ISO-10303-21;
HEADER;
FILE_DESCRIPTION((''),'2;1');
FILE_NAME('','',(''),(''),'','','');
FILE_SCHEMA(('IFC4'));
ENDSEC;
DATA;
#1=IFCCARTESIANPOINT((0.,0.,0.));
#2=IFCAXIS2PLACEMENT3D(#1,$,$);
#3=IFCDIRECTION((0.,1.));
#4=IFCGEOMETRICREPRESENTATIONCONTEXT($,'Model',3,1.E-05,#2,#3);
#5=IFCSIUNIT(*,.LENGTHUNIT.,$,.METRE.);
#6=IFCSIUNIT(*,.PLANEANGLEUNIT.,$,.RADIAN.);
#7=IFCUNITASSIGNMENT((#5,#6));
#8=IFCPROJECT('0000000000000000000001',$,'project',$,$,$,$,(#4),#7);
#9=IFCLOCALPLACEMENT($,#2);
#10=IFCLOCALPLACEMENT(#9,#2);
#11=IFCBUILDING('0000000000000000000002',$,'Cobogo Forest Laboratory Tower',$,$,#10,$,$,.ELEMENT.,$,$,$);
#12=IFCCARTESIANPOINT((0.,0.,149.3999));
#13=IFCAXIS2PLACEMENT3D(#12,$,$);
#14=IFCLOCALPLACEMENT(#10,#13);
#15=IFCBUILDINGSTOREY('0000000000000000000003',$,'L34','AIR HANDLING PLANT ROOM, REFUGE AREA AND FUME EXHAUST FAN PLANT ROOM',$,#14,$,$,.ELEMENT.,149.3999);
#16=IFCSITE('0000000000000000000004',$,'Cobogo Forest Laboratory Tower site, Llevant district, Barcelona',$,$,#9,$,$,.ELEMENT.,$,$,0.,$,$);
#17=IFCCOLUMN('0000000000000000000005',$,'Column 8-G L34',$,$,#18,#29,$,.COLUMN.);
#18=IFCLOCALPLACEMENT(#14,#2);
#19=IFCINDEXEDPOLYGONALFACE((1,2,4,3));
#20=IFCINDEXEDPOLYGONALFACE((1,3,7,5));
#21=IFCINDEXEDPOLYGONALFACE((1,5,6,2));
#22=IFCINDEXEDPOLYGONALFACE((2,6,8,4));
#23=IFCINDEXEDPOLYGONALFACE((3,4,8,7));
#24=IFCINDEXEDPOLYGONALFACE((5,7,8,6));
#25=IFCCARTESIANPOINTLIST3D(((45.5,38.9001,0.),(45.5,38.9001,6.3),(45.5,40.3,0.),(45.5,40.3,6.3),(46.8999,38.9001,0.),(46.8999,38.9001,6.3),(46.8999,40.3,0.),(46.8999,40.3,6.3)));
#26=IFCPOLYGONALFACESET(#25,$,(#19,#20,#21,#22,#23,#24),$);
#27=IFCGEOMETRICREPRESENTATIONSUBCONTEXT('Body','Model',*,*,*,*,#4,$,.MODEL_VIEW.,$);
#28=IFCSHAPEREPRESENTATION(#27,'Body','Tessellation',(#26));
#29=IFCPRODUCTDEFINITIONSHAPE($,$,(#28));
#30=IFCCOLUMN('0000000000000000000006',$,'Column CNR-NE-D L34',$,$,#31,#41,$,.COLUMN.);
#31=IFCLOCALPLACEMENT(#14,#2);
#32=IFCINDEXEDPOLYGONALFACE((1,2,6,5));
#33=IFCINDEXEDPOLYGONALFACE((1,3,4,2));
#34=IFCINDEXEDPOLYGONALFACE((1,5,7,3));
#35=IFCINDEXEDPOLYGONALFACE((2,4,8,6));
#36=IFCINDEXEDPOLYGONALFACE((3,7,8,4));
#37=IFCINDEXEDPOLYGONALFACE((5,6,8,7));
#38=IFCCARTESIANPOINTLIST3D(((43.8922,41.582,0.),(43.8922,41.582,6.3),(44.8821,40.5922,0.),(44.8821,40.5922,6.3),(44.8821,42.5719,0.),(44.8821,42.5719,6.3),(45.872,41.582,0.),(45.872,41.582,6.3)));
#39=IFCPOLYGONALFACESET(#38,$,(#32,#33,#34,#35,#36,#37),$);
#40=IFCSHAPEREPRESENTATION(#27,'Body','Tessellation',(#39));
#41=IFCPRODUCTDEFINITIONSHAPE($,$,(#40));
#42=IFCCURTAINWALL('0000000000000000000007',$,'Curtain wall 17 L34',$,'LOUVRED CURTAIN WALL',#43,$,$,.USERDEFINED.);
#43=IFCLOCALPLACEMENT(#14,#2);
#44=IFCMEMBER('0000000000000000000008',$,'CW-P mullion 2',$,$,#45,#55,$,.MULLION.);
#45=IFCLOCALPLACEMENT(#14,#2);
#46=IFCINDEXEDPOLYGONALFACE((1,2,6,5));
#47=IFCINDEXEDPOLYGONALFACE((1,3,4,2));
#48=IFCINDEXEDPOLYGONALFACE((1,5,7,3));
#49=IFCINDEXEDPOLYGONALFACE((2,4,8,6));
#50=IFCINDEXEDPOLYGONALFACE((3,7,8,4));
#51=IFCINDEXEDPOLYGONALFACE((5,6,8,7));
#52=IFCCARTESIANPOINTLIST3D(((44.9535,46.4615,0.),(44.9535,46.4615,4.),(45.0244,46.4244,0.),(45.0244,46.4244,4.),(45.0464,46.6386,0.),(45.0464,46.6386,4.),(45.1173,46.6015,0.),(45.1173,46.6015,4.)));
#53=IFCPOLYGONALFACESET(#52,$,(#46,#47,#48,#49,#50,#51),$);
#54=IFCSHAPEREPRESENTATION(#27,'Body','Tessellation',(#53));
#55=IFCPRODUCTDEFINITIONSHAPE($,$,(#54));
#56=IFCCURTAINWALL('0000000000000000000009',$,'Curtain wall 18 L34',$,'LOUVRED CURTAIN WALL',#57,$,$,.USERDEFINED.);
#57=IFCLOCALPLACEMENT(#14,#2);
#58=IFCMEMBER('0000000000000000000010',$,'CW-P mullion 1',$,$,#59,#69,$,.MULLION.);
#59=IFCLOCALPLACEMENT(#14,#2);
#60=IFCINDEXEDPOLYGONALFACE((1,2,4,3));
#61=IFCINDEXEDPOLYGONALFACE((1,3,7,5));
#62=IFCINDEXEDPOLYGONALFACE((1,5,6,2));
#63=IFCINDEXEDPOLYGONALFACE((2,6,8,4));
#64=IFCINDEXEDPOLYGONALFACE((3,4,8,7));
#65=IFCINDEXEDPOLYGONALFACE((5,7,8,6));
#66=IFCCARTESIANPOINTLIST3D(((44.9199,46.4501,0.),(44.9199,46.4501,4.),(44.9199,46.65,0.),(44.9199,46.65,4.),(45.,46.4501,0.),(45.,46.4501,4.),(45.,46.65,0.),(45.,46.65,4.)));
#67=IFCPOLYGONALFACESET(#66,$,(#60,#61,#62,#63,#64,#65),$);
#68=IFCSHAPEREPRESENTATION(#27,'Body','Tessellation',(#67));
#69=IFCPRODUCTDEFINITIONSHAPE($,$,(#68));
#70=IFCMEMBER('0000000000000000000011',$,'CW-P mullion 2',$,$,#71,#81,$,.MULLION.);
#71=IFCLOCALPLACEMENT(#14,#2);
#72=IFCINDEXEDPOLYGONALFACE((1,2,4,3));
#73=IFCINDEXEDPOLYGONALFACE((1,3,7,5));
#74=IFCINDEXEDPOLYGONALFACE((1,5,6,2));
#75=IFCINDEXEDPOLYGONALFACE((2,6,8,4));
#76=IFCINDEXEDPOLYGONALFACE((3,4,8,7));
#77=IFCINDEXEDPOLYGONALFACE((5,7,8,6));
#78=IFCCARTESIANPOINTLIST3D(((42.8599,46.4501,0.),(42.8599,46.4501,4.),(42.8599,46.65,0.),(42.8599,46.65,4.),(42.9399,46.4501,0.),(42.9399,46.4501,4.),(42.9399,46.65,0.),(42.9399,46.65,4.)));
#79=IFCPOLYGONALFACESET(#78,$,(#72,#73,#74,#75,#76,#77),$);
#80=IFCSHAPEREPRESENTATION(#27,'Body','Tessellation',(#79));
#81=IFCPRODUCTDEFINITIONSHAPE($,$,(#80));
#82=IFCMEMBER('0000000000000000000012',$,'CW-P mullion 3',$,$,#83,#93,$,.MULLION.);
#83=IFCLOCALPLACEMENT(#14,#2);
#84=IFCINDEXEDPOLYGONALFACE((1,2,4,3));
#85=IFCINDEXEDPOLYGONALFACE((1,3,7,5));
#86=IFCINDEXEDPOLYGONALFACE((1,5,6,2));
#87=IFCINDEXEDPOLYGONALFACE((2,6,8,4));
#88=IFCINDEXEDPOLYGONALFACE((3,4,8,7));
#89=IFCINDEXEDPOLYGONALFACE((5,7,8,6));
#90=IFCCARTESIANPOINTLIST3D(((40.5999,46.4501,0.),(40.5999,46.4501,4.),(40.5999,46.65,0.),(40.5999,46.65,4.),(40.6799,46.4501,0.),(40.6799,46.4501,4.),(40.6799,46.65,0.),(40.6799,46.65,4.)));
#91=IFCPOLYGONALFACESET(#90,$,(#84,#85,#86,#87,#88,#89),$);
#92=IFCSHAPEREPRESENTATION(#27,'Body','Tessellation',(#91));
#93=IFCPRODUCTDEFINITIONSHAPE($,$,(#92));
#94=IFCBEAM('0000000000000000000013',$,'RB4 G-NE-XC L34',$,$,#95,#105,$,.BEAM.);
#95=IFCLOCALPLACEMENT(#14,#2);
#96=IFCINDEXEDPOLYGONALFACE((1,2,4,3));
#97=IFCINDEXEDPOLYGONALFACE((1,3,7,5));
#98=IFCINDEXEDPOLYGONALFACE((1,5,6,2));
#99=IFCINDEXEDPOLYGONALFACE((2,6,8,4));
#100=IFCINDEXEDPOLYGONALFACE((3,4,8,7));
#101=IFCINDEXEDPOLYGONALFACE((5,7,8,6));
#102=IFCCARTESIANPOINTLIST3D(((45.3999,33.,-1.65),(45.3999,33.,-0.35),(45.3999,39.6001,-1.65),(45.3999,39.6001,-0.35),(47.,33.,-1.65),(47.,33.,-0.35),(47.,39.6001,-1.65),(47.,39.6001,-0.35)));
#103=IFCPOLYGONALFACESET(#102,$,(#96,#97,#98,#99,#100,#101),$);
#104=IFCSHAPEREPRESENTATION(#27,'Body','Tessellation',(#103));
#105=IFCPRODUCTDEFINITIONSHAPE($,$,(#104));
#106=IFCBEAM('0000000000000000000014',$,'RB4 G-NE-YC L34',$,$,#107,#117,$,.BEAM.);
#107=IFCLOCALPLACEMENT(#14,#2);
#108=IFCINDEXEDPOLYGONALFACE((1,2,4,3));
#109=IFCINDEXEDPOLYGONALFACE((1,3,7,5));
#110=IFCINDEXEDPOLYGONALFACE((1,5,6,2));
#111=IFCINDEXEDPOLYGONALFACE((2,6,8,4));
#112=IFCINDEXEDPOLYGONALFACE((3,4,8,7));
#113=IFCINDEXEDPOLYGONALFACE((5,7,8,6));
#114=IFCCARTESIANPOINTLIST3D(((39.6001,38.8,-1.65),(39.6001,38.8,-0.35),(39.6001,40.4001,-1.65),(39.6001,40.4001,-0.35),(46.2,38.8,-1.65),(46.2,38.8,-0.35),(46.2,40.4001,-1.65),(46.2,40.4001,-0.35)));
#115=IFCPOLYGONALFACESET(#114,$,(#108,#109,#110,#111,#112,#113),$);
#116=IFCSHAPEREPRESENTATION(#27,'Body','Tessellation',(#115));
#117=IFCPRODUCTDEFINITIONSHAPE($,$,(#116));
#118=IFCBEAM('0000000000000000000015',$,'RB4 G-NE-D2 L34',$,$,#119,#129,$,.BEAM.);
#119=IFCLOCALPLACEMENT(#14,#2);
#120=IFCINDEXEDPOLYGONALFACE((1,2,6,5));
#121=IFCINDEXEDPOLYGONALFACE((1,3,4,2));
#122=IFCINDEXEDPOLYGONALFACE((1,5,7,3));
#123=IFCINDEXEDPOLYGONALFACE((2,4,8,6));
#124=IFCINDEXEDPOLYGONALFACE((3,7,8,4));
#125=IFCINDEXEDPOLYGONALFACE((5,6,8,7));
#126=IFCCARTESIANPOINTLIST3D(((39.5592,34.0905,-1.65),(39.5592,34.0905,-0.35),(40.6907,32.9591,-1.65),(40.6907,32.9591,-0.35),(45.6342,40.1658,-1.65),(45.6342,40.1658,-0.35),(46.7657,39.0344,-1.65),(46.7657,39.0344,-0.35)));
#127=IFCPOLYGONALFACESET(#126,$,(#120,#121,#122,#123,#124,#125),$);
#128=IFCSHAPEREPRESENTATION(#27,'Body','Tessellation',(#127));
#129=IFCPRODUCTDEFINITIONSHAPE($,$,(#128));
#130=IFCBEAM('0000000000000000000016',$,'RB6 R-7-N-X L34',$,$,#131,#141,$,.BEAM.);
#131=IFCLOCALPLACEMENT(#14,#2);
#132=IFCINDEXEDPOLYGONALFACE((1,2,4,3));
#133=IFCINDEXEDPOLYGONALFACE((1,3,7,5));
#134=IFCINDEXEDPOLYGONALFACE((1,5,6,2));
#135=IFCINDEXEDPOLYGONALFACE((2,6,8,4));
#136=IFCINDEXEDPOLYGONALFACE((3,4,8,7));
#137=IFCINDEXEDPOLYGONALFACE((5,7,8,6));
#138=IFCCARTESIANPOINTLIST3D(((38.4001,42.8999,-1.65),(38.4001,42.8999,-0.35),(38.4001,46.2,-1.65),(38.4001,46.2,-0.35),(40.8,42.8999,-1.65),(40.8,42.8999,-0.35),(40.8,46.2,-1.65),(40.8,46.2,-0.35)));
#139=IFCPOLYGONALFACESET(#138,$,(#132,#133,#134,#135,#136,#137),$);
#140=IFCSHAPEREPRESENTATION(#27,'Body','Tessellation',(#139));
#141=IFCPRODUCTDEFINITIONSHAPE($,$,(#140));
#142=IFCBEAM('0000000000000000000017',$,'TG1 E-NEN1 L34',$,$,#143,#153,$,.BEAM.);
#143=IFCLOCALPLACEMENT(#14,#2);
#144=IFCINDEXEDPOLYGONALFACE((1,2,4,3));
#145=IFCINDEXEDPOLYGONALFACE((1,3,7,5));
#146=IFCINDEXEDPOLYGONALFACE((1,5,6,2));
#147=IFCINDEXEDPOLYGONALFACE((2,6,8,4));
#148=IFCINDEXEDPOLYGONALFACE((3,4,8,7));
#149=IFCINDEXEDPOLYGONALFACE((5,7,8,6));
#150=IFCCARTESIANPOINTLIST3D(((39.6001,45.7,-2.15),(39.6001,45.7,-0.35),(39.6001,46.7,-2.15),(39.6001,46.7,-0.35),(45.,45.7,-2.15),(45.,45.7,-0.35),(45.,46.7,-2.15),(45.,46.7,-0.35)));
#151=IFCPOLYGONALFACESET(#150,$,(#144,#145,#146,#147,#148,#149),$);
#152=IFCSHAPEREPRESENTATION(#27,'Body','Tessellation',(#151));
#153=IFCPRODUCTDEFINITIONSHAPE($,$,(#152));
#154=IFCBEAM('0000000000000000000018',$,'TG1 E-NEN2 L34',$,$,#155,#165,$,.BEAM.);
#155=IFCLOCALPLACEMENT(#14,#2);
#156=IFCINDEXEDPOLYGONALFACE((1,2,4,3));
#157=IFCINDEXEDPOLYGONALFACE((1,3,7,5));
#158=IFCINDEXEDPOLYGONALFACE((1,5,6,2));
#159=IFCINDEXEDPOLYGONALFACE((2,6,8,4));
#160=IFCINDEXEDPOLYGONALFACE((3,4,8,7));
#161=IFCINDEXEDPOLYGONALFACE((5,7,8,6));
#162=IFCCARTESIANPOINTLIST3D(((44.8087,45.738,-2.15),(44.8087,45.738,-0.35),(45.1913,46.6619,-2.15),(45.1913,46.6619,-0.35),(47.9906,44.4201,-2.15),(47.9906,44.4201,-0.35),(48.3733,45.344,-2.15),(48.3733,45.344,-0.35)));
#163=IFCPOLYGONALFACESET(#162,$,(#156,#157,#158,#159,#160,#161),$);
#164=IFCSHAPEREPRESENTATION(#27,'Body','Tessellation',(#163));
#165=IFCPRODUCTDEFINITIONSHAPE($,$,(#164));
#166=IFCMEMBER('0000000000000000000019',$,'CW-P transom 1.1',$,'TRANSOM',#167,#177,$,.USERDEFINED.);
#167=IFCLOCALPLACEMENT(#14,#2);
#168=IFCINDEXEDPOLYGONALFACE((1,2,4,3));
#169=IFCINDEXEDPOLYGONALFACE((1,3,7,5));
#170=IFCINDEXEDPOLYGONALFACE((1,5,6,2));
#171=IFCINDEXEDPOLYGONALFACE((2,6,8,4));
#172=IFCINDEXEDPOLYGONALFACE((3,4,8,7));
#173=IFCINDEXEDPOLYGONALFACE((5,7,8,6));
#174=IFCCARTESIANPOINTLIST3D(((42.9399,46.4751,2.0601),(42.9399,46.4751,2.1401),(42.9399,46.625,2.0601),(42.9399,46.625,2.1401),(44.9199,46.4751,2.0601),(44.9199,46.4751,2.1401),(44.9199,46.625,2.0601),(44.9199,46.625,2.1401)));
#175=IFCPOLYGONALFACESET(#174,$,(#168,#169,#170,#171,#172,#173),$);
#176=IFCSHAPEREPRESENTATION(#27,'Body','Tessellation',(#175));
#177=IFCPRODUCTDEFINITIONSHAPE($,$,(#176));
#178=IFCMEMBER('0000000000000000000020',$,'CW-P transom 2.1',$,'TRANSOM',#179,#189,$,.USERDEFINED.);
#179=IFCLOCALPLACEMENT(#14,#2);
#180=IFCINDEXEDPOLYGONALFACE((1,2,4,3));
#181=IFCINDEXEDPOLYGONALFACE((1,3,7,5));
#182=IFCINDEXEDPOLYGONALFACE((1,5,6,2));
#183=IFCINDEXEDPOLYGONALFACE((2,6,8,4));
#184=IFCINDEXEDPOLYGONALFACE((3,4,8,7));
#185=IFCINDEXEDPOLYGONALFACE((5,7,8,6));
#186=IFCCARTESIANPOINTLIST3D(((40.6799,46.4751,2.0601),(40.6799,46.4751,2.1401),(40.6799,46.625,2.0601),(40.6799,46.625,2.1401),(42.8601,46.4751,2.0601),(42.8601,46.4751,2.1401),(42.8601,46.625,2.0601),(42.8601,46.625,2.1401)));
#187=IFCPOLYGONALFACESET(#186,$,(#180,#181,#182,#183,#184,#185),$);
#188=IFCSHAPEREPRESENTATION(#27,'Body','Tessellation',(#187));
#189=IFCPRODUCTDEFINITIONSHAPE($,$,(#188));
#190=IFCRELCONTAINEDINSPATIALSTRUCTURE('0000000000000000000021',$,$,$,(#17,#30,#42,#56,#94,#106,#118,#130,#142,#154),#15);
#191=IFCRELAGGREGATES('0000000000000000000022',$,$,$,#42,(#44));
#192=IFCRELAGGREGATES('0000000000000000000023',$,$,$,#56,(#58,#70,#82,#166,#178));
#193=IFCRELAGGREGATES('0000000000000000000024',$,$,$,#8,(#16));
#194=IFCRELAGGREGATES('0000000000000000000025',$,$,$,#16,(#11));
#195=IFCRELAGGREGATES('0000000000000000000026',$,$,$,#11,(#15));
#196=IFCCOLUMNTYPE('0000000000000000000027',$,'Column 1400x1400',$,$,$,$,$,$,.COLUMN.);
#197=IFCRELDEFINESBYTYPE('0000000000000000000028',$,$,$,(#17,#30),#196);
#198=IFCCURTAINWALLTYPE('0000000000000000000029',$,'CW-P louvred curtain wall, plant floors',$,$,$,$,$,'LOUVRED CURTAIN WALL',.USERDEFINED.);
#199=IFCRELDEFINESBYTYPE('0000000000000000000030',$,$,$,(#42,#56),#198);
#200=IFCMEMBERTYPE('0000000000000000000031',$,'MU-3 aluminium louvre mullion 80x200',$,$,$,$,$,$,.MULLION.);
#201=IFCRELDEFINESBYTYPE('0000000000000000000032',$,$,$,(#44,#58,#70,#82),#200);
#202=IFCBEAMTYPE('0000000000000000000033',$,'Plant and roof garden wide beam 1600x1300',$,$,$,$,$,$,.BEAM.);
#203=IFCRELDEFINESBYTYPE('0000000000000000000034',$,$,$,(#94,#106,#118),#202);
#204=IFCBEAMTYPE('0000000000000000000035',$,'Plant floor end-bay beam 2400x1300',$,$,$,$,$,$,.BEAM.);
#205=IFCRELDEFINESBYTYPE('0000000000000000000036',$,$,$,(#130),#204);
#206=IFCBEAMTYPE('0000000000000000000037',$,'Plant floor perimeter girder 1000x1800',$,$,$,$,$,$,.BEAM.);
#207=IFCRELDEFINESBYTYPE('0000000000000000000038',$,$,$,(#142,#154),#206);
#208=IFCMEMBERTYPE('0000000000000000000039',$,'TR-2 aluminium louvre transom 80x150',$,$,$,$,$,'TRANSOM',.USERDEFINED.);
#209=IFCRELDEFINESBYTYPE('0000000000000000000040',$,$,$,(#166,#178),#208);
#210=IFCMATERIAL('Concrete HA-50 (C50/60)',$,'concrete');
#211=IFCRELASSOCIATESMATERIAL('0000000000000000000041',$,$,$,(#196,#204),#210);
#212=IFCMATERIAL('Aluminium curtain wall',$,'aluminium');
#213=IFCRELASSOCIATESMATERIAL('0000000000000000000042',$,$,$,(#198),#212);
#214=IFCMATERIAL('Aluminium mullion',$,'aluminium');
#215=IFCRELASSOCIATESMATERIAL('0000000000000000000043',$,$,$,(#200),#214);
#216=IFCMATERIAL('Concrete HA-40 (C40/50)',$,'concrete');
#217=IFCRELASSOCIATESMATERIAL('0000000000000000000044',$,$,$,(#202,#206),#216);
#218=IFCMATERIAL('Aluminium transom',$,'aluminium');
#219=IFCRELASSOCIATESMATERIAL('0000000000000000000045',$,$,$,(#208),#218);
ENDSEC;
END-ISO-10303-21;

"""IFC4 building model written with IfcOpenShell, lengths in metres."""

from ifc_helpers import new_model, si_unit, direction, frame, origin, origin_2d, place, context, subcontext, project, spatial, rectangle, extrude, material, material_profile, profile_set, type_object, element, aggregate, save


model = new_model("IFC4")

# Units and contexts
model_context = context("Model", 3, precision=1e-05, world=origin(), true_north=direction((0.0, 1.0)))
body_context = subcontext(model_context, "Body", "Model", "MODEL_VIEW")
ifc_project = project(units=[si_unit("LENGTHUNIT", "METRE"), si_unit("PLANEANGLEUNIT", "RADIAN")], contexts=[model_context])

# Site, building, storey
site_placement = place(None, origin())
site = spatial("IfcSite", under=ifc_project, at=site_placement, Name="Cobogo Forest Laboratory Tower site, Llevant district, Barcelona", CompositionType="ELEMENT", RefElevation=0.0)
building_placement = place(site_placement, origin())
building = spatial("IfcBuilding", under=site, at=building_placement, Name="Cobogo Forest Laboratory Tower", CompositionType="ELEMENT")
storey_placement = place(building_placement, frame((0.0, 0.0, 149.3999)))
storey = spatial("IfcBuildingStorey", under=building, at=storey_placement, Name="L34", Description="AIR HANDLING PLANT ROOM, REFUGE AREA AND FUME EXHAUST FAN PLANT ROOM", CompositionType="ELEMENT", Elevation=149.3999)

# Columns
ifc_material_1 = material(Name="Concrete HA-50 (C50/60)", Category="concrete")
ifc_material_profile_1 = material_profile(ifc_material_1, rectangle(XDim=1.3999, YDim=1.3999, at=origin_2d()), Name="RC 1400x1400")
ifc_profile_set_1 = profile_set([ifc_material_profile_1], Name="Concrete HA-50 (C50/60)")
column_type = type_object("IfcColumnType", Name="Column 1400x1400", PredefinedType="COLUMN", material=ifc_profile_set_1)
for number, where, z_axis, x_axis, name in (
    (1, (46.2, 39.6001, 0.0), (0.0, 0.0, 1.0), (1.0, 0.0, 0.0), "Column 8-G L34"),
    (2, (44.8821, 41.582, 0.0), (0.0, 0.0, 1.0), (0.707107, 0.707107, 0.0), "Column CNR-NE-D L34"),
):
    element("IfcColumn", number, at=place(storey_placement, frame(where, z_axis=z_axis, x_axis=x_axis)), inside=storey, type_object=column_type, Name=name, PredefinedType="COLUMN", context=body_context, shape_type="SweptSolid", body=[
        extrude(rectangle(XDim=1.3999, YDim=1.3999, at=origin_2d()), origin(), (0.0, 0.0, 1.0), 6.3),
    ])

# Curtain wall, member
ifc_material_2 = material(Name="Aluminium curtain wall", Category="aluminium")
curtain_wall_type = type_object("IfcCurtainWallType", Name="CW-P louvred curtain wall, plant floors", ElementType="LOUVRED CURTAIN WALL", PredefinedType="USERDEFINED", material=ifc_material_2)
curtain_wall_1_placement = place(storey_placement, origin())
curtain_wall_1 = element("IfcCurtainWall", 3, at=curtain_wall_1_placement, inside=storey, type_object=curtain_wall_type, Name="Curtain wall 17 L34", ObjectType="LOUVRED CURTAIN WALL", PredefinedType="USERDEFINED")
ifc_material_3 = material(Name="Aluminium mullion", Category="aluminium")
ifc_material_profile_2 = material_profile(ifc_material_3, rectangle(XDim=0.0801, YDim=0.2, at=origin_2d()), Name="AL 80x200")
ifc_profile_set_2 = profile_set([ifc_material_profile_2], Name="Aluminium mullion")
member_type_1 = type_object("IfcMemberType", Name="MU-3 aluminium louvre mullion 80x200", PredefinedType="MULLION", material=ifc_profile_set_2)
member_1_placement = place(storey_placement, frame((45.0354, 46.5315, 0.0), z_axis=(0.0, 0.0, 1.0), x_axis=(-0.885687, 0.464284, 0.0)))
member_1 = element("IfcMember", 4, at=member_1_placement, type_object=member_type_1, Name="CW-P mullion 2", PredefinedType="MULLION", context=body_context, shape_type="SweptSolid", body=[
    extrude(rectangle(XDim=0.0801, YDim=0.2, at=origin_2d()), origin(), (0.0, 0.0, 1.0), 4.0),
])

# Curtain wall, members
curtain_wall_2_placement = place(storey_placement, origin())
curtain_wall_2 = element("IfcCurtainWall", 5, at=curtain_wall_2_placement, inside=storey, type_object=curtain_wall_type, Name="Curtain wall 18 L34", ObjectType="LOUVRED CURTAIN WALL", PredefinedType="USERDEFINED")
member_2_placement = place(storey_placement, frame((44.96, 46.55, 0.0), z_axis=(0.0, 0.0, 1.0), x_axis=(-1.0, 0.0, 0.0)))
member_2 = element("IfcMember", 6, at=member_2_placement, type_object=member_type_1, Name="CW-P mullion 1", PredefinedType="MULLION", context=body_context, shape_type="SweptSolid", body=[
    extrude(rectangle(XDim=0.0801, YDim=0.2, at=origin_2d()), origin(), (0.0, 0.0, 1.0), 4.0),
])
member_3_placement = place(storey_placement, frame((42.8999, 46.55, 0.0), z_axis=(0.0, 0.0, 1.0), x_axis=(-1.0, 0.0, 0.0)))
member_3 = element("IfcMember", 7, at=member_3_placement, type_object=member_type_1, Name="CW-P mullion 2", PredefinedType="MULLION", context=body_context, shape_type="SweptSolid", body=[
    extrude(rectangle(XDim=0.0801, YDim=0.2, at=origin_2d()), origin(), (0.0, 0.0, 1.0), 4.0),
])
member_4_placement = place(storey_placement, frame((40.6399, 46.55, 0.0), z_axis=(0.0, 0.0, 1.0), x_axis=(-1.0, 0.0, 0.0)))
member_4 = element("IfcMember", 8, at=member_4_placement, type_object=member_type_1, Name="CW-P mullion 3", PredefinedType="MULLION", context=body_context, shape_type="SweptSolid", body=[
    extrude(rectangle(XDim=0.0801, YDim=0.2, at=origin_2d()), origin(), (0.0, 0.0, 1.0), 4.0),
])

# Beams
ifc_material_4 = material(Name="Concrete HA-40 (C40/50)", Category="concrete")
ifc_material_profile_3 = material_profile(ifc_material_4, rectangle(XDim=1.6001, YDim=1.3, at=origin_2d()), Name="RC 1600x1300")
ifc_profile_set_3 = profile_set([ifc_material_profile_3], Name="Concrete HA-40 (C40/50)")
beam_type_1 = type_object("IfcBeamType", Name="Plant and roof garden wide beam 1600x1300", PredefinedType="BEAM", material=ifc_profile_set_3)
beam_1_placement = place(storey_placement, frame((46.2, 39.6001, -1.0), z_axis=(0.0, -1.0, 0.0), x_axis=(1.0, 0.0, 0.0)))
element("IfcBeam", 9, at=beam_1_placement, inside=storey, type_object=beam_type_1, Name="RB4 G-NE-XC L34", PredefinedType="BEAM", context=body_context, shape_type="SweptSolid", body=[
    extrude(rectangle(XDim=1.6001, YDim=1.3, at=origin_2d()), origin(), (0.0, 0.0, 1.0), 6.6001),
])
beam_2_placement = place(storey_placement, frame((46.2, 39.6001, -1.0), z_axis=(-1.0, 0.0, 0.0), x_axis=(0.0, -1.0, 0.0)))
element("IfcBeam", 10, at=beam_2_placement, inside=storey, type_object=beam_type_1, Name="RB4 G-NE-YC L34", PredefinedType="BEAM", context=body_context, shape_type="SweptSolid", body=[
    extrude(rectangle(XDim=1.6001, YDim=1.3, at=origin_2d()), origin(), (0.0, 0.0, 1.0), 6.5999),
])
beam_3_placement = place(storey_placement, frame((46.2, 39.6001, -1.0), z_axis=(-0.707093, -0.707121, 0.0), x_axis=(0.707121, -0.707093, 0.0)))
element("IfcBeam", 11, at=beam_3_placement, inside=storey, type_object=beam_type_1, Name="RB4 G-NE-D2 L34", PredefinedType="BEAM", context=body_context, shape_type="SweptSolid", body=[
    extrude(rectangle(XDim=1.6001, YDim=1.3, at=origin_2d()), origin(), (0.0, 0.0, 1.0), 8.5916),
])
ifc_material_profile_4 = material_profile(ifc_material_1, rectangle(XDim=2.3999, YDim=1.3, at=origin_2d()), Name="RC 2400x1300")
ifc_profile_set_4 = profile_set([ifc_material_profile_4], Name="Concrete HA-50 (C50/60)")
beam_type_2 = type_object("IfcBeamType", Name="Plant floor end-bay beam 2400x1300", PredefinedType="BEAM", material=ifc_profile_set_4)
beam_4_placement = place(storey_placement, frame((39.6001, 46.2, -1.0), z_axis=(0.0, -1.0, 0.0), x_axis=(1.0, 0.0, 0.0)))
element("IfcBeam", 12, at=beam_4_placement, inside=storey, type_object=beam_type_2, Name="RB6 R-7-N-X L34", PredefinedType="BEAM", context=body_context, shape_type="SweptSolid", body=[
    extrude(rectangle(XDim=2.3999, YDim=1.3, at=origin_2d()), origin(), (0.0, 0.0, 1.0), 3.3),
])
ifc_material_profile_5 = material_profile(ifc_material_4, rectangle(XDim=1.0, YDim=1.8, at=origin_2d()), Name="RC 1000x1800")
ifc_profile_set_5 = profile_set([ifc_material_profile_5], Name="Concrete HA-40 (C40/50)")
beam_type_3 = type_object("IfcBeamType", Name="Plant floor perimeter girder 1000x1800", PredefinedType="BEAM", material=ifc_profile_set_5)
beam_5_placement = place(storey_placement, frame((39.6001, 46.2, -1.25), z_axis=(1.0, 0.0, 0.0), x_axis=(0.0, 1.0, 0.0)))
element("IfcBeam", 13, at=beam_5_placement, inside=storey, type_object=beam_type_3, Name="TG1 E-NEN1 L34", PredefinedType="BEAM", context=body_context, shape_type="SweptSolid", body=[
    extrude(rectangle(XDim=1.0, YDim=1.8, at=origin_2d()), origin(), (0.0, 0.0, 1.0), 5.3999),
])
beam_6_placement = place(storey_placement, frame((45.0, 46.2, -1.25), z_axis=(0.923891, -0.382656, 0.0), x_axis=(0.382656, 0.923891, 0.0)))
element("IfcBeam", 14, at=beam_6_placement, inside=storey, type_object=beam_type_3, Name="TG1 E-NEN2 L34", PredefinedType="BEAM", context=body_context, shape_type="SweptSolid", body=[
    extrude(rectangle(XDim=1.0, YDim=1.8, at=origin_2d()), origin(), (0.0, 0.0, 1.0), 3.4441),
])

# Members
ifc_material_5 = material(Name="Aluminium transom", Category="aluminium")
ifc_material_profile_6 = material_profile(ifc_material_5, rectangle(XDim=0.1499, YDim=0.0801, at=origin_2d()), Name="AL 80x150")
ifc_profile_set_6 = profile_set([ifc_material_profile_6], Name="Aluminium transom")
member_type_2 = type_object("IfcMemberType", Name="TR-2 aluminium louvre transom 80x150", ElementType="TRANSOM", PredefinedType="USERDEFINED", material=ifc_profile_set_6)
member_5_placement = place(storey_placement, frame((44.9199, 46.55, 2.1001), z_axis=(-1.0, 0.0, 0.0), x_axis=(0.0, -1.0, 0.0)))
member_5 = element("IfcMember", 15, at=member_5_placement, type_object=member_type_2, Name="CW-P transom 1.1", ObjectType="TRANSOM", PredefinedType="USERDEFINED", context=body_context, shape_type="SweptSolid", body=[
    extrude(rectangle(XDim=0.1499, YDim=0.0801, at=origin_2d()), origin(), (0.0, 0.0, 1.0), 1.98),
])
member_6_placement = place(storey_placement, frame((42.8601, 46.55, 2.1001), z_axis=(-1.0, 0.0, 0.0), x_axis=(0.0, -1.0, 0.0)))
member_6 = element("IfcMember", 16, at=member_6_placement, type_object=member_type_2, Name="CW-P transom 2.1", ObjectType="TRANSOM", PredefinedType="USERDEFINED", context=body_context, shape_type="SweptSolid", body=[
    extrude(rectangle(XDim=0.1499, YDim=0.0801, at=origin_2d()), origin(), (0.0, 0.0, 1.0), 2.1802),
])

aggregate(curtain_wall_1, [member_1])
aggregate(curtain_wall_2, [member_2, member_3, member_4, member_5, member_6])

save(model, "model.ifc")
